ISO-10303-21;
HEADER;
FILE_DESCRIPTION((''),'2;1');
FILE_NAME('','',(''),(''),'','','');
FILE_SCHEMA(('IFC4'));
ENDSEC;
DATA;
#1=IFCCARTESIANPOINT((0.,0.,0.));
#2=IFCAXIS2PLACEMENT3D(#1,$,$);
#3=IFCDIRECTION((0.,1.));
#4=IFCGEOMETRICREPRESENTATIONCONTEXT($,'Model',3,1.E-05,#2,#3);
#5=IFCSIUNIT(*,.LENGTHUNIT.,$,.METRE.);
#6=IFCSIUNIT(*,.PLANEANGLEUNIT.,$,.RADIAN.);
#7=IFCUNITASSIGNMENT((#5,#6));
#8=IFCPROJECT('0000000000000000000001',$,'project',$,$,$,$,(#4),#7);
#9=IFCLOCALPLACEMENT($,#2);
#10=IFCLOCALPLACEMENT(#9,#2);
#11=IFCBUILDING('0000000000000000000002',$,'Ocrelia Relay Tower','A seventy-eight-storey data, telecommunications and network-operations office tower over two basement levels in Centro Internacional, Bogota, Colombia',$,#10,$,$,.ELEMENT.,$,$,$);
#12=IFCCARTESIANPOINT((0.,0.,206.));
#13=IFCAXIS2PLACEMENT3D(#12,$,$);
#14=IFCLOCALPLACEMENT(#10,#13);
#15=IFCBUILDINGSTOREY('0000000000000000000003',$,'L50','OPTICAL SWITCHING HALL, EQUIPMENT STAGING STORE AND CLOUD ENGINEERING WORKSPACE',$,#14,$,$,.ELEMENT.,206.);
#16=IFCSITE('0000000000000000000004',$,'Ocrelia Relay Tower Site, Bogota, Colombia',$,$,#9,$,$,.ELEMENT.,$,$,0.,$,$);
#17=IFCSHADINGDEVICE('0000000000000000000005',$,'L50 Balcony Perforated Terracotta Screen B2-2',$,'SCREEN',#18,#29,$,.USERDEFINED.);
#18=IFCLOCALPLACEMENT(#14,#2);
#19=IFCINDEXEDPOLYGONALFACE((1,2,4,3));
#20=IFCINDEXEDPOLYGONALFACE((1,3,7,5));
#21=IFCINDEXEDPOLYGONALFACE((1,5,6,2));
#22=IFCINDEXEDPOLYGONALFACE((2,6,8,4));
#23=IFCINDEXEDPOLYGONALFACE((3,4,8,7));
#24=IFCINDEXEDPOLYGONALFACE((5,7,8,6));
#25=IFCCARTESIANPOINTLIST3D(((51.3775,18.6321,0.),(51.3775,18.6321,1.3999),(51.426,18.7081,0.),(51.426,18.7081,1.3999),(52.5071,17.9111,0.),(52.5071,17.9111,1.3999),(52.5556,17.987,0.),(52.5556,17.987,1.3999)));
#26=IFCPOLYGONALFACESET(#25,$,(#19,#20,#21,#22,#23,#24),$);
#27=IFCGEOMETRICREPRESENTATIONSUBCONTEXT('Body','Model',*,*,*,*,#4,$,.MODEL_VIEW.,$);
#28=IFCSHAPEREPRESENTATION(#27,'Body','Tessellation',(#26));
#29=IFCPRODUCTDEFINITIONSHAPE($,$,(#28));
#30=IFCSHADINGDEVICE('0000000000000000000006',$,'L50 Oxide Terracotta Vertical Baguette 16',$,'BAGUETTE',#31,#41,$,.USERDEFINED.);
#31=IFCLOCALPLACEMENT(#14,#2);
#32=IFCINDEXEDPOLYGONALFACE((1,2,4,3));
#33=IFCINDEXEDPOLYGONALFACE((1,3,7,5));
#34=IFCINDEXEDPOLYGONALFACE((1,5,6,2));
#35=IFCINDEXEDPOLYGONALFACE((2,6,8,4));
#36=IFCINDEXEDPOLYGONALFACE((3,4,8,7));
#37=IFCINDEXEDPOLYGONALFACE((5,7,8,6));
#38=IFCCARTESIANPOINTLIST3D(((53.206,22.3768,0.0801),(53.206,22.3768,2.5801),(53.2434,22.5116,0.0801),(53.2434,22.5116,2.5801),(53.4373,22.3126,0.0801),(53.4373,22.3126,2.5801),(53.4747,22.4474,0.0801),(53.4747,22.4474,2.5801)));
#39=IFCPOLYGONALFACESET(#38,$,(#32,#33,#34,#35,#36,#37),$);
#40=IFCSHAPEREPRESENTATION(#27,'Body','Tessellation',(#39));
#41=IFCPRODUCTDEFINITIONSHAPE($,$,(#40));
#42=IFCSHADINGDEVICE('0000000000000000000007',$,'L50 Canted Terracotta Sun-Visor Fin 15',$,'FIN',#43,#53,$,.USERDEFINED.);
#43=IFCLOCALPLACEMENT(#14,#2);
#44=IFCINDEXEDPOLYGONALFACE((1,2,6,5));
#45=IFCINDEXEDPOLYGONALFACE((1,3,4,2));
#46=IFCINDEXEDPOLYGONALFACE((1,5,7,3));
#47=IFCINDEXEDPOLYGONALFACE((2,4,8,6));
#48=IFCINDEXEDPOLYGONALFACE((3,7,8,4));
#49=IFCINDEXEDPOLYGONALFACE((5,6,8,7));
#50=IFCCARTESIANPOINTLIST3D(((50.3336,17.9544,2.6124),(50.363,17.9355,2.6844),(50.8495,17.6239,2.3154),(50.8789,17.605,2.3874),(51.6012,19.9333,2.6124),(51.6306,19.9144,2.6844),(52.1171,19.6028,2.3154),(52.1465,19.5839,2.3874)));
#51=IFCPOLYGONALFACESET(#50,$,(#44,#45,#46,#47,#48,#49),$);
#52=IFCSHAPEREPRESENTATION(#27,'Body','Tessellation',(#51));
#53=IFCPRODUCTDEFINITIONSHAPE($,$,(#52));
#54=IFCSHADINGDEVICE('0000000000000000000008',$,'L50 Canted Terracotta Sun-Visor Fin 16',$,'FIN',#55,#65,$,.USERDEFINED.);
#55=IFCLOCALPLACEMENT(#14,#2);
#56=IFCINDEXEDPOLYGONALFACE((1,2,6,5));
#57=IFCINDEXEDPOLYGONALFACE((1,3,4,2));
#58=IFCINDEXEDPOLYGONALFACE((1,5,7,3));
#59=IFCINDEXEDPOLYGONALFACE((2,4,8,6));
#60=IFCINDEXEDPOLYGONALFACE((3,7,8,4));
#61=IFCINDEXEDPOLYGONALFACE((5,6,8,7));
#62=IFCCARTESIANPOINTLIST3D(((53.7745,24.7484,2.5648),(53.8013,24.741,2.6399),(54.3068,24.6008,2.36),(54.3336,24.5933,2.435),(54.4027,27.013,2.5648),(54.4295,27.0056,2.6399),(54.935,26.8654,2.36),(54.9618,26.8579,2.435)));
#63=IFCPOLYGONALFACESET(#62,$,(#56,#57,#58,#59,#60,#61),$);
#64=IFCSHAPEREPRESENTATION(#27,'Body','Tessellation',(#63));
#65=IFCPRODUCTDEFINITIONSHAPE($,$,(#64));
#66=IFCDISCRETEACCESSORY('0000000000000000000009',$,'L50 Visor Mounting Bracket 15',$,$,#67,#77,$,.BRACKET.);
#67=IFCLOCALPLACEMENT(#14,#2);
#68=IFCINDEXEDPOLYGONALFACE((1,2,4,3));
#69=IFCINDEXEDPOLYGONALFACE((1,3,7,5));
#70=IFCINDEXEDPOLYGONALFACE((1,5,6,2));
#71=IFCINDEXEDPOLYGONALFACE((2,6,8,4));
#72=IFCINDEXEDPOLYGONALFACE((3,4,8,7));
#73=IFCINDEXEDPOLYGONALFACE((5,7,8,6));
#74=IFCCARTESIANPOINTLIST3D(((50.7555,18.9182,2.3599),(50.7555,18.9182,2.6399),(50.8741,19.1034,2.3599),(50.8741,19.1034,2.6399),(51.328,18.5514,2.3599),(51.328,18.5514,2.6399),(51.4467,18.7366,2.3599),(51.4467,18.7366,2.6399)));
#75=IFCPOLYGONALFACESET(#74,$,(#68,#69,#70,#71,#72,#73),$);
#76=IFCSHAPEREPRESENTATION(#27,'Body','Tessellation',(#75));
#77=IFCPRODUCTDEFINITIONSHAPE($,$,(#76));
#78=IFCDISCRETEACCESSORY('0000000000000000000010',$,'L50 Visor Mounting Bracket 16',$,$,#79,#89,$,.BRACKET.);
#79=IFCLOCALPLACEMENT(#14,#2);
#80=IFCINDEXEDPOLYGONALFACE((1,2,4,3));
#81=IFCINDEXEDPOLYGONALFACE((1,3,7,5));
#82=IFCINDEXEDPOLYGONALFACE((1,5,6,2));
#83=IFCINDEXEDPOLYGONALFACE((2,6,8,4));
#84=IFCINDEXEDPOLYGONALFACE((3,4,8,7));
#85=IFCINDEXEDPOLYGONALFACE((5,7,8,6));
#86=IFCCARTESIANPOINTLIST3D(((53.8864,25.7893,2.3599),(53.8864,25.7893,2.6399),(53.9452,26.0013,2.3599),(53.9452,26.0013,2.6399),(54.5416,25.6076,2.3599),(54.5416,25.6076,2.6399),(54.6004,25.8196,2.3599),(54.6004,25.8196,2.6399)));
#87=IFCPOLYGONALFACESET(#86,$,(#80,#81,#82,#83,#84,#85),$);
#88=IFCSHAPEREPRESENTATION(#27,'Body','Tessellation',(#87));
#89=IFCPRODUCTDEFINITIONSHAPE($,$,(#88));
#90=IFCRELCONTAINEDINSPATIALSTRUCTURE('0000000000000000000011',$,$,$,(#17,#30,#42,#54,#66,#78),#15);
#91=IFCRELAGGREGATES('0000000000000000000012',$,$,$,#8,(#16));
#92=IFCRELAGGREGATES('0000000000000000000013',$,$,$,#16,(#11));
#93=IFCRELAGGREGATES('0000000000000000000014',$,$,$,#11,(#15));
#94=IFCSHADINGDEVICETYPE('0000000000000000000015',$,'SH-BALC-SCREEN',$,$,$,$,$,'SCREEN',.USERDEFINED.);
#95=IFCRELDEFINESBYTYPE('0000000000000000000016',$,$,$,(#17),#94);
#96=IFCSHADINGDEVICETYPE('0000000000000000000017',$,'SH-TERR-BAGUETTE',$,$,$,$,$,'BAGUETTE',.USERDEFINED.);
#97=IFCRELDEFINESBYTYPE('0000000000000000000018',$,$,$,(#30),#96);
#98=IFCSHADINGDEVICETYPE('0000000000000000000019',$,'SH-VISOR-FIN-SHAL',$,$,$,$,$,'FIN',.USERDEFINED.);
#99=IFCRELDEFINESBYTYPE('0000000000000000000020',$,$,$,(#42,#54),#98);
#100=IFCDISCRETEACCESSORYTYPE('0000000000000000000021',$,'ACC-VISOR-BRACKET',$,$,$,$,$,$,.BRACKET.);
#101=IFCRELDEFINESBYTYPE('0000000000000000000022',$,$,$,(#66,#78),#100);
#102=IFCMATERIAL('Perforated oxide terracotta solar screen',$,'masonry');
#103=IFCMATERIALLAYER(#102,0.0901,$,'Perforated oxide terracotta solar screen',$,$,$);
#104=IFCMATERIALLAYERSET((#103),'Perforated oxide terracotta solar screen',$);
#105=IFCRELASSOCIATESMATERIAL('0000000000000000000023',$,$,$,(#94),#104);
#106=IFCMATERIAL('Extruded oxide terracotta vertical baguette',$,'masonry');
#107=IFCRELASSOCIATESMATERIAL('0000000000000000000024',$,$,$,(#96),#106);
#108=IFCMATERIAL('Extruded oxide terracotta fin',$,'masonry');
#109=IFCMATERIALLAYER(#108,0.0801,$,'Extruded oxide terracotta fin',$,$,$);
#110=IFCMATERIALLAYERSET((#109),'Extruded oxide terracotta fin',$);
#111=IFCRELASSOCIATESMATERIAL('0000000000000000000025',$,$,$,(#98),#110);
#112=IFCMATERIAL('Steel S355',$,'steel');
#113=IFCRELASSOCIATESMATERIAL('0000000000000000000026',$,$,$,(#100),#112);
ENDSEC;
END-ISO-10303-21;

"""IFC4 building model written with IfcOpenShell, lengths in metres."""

from ifc_helpers import new_model, si_unit, direction, frame, origin, origin_2d, place, context, subcontext, project, spatial, rectangle, extrude, material, layer, layer_set, type_object, element, save


model = new_model("IFC4")

# Units and contexts
model_context = context("Model", 3, precision=1e-05, world=origin(), true_north=direction((0.0, 1.0)))
body_context = subcontext(model_context, "Body", "Model", "MODEL_VIEW")
ifc_project = project(units=[si_unit("LENGTHUNIT", "METRE"), si_unit("PLANEANGLEUNIT", "RADIAN")], contexts=[model_context])

# Site, building, storey
site_placement = place(None, origin())
site = spatial("IfcSite", under=ifc_project, at=site_placement, Name="Ocrelia Relay Tower Site, Bogota, Colombia", CompositionType="ELEMENT", RefElevation=0.0)
building_placement = place(site_placement, origin())
building = spatial("IfcBuilding", under=site, at=building_placement, Name="Ocrelia Relay Tower", Description="A seventy-eight-storey data, telecommunications and network-operations office tower over two basement levels in Centro Internacional, Bogota, Colombia", CompositionType="ELEMENT")
storey_placement = place(building_placement, frame((0.0, 0.0, 206.0)))
storey = spatial("IfcBuildingStorey", under=building, at=storey_placement, Name="L50", Description="OPTICAL SWITCHING HALL, EQUIPMENT STAGING STORE AND CLOUD ENGINEERING WORKSPACE", CompositionType="ELEMENT", Elevation=206.0)

# Shared definitions
ifc_material_1 = material(Name="Steel S355", Category="steel")

# Shading devices
ifc_material_2 = material(Name="Perforated oxide terracotta solar screen", Category="masonry")
ifc_layer_1 = layer(ifc_material_2, 0.0901, Name="Perforated oxide terracotta solar screen")
ifc_layer_set_1 = layer_set([ifc_layer_1], Name="Perforated oxide terracotta solar screen")
shading_device_type_1 = type_object("IfcShadingDeviceType", Name="SH-BALC-SCREEN", ElementType="SCREEN", PredefinedType="USERDEFINED", material=ifc_layer_set_1)
shading_device_1_placement = place(storey_placement, frame((51.9666, 18.3096, 0.0), z_axis=(0.0, 0.0, 1.0), x_axis=(0.842904, -0.538064, 0.0)))
element("IfcShadingDevice", 1, at=shading_device_1_placement, inside=storey, type_object=shading_device_type_1, Name="L50 Balcony Perforated Terracotta Screen B2-2", ObjectType="SCREEN", PredefinedType="USERDEFINED", context=body_context, shape_type="SweptSolid", body=[
    extrude(rectangle(XDim=1.3401, YDim=0.0901, at=origin_2d()), origin(), (0.0, 0.0, 1.0), 1.3999),
])
ifc_material_3 = material(Name="Extruded oxide terracotta vertical baguette", Category="masonry")
shading_device_type_2 = type_object("IfcShadingDeviceType", Name="SH-TERR-BAGUETTE", ElementType="BAGUETTE", PredefinedType="USERDEFINED", material=ifc_material_3)
shading_device_2_placement = place(storey_placement, frame((53.3403, 22.4121, 0.0801), z_axis=(0.0, 0.0, 1.0), x_axis=(0.267307, 0.963611, 0.0)))
element("IfcShadingDevice", 2, at=shading_device_2_placement, inside=storey, type_object=shading_device_type_2, Name="L50 Oxide Terracotta Vertical Baguette 16", ObjectType="BAGUETTE", PredefinedType="USERDEFINED", context=body_context, shape_type="SweptSolid", body=[
    extrude(rectangle(XDim=0.1399, YDim=0.24, at=origin_2d()), origin(), (0.0, 0.0, 1.0), 2.5),
])
ifc_material_4 = material(Name="Extruded oxide terracotta fin", Category="masonry")
ifc_layer_2 = layer(ifc_material_4, 0.0801, Name="Extruded oxide terracotta fin")
ifc_layer_set_2 = layer_set([ifc_layer_2], Name="Extruded oxide terracotta fin")
shading_device_type_3 = type_object("IfcShadingDeviceType", Name="SH-VISOR-FIN-SHAL", ElementType="FIN", PredefinedType="USERDEFINED", material=ifc_layer_set_2)
shading_device_3_placement = place(storey_placement, frame((51.2253, 18.7786, 2.4639), z_axis=(0.367283, -0.235267, 0.899863), x_axis=(0.539388, 0.842057, 0.0)))
element("IfcShadingDevice", 3, at=shading_device_3_placement, inside=storey, type_object=shading_device_type_3, Name="L50 Canted Terracotta Sun-Visor Fin 15", ObjectType="FIN", PredefinedType="USERDEFINED", context=body_context, shape_type="SweptSolid", body=[
    extrude(rectangle(XDim=2.3501, YDim=0.6809, at=origin_2d()), origin(), (0.0, 0.0, 1.0), 0.0801),
])
shading_device_4_placement = place(storey_placement, frame((54.3547, 25.8069, 2.4624), z_axis=(0.3351, -0.092957, 0.937586), x_axis=(0.267307, 0.963611, 0.0)))
element("IfcShadingDevice", 4, at=shading_device_4_placement, inside=storey, type_object=shading_device_type_3, Name="L50 Canted Terracotta Sun-Visor Fin 16", ObjectType="FIN", PredefinedType="USERDEFINED", context=body_context, shape_type="SweptSolid", body=[
    extrude(rectangle(XDim=2.3501, YDim=0.5891, at=origin_2d()), origin(), (0.0, 0.0, 1.0), 0.0801),
])

# Discrete accessories
discrete_accessory_type = type_object("IfcDiscreteAccessoryType", Name="ACC-VISOR-BRACKET", PredefinedType="BRACKET", material=ifc_material_1)
for number, where, z_axis, x_axis, name in (
    (5, (51.1011, 18.8274, 2.3599), (0.0, 0.0, 1.0), (0.539388, 0.842057, 0.0), "L50 Visor Mounting Bracket 15"),
    (6, (54.2434, 25.8044, 2.3599), (0.0, 0.0, 1.0), (0.267307, 0.963611, 0.0), "L50 Visor Mounting Bracket 16"),
):
    element("IfcDiscreteAccessory", number, at=place(storey_placement, frame(where, z_axis=z_axis, x_axis=x_axis)), inside=storey, type_object=discrete_accessory_type, Name=name, PredefinedType="BRACKET", context=body_context, shape_type="SweptSolid", body=[
        extrude(rectangle(XDim=0.22, YDim=0.6799, at=origin_2d()), origin(), (0.0, 0.0, 1.0), 0.28),
    ])

save(model, "model.ifc")
